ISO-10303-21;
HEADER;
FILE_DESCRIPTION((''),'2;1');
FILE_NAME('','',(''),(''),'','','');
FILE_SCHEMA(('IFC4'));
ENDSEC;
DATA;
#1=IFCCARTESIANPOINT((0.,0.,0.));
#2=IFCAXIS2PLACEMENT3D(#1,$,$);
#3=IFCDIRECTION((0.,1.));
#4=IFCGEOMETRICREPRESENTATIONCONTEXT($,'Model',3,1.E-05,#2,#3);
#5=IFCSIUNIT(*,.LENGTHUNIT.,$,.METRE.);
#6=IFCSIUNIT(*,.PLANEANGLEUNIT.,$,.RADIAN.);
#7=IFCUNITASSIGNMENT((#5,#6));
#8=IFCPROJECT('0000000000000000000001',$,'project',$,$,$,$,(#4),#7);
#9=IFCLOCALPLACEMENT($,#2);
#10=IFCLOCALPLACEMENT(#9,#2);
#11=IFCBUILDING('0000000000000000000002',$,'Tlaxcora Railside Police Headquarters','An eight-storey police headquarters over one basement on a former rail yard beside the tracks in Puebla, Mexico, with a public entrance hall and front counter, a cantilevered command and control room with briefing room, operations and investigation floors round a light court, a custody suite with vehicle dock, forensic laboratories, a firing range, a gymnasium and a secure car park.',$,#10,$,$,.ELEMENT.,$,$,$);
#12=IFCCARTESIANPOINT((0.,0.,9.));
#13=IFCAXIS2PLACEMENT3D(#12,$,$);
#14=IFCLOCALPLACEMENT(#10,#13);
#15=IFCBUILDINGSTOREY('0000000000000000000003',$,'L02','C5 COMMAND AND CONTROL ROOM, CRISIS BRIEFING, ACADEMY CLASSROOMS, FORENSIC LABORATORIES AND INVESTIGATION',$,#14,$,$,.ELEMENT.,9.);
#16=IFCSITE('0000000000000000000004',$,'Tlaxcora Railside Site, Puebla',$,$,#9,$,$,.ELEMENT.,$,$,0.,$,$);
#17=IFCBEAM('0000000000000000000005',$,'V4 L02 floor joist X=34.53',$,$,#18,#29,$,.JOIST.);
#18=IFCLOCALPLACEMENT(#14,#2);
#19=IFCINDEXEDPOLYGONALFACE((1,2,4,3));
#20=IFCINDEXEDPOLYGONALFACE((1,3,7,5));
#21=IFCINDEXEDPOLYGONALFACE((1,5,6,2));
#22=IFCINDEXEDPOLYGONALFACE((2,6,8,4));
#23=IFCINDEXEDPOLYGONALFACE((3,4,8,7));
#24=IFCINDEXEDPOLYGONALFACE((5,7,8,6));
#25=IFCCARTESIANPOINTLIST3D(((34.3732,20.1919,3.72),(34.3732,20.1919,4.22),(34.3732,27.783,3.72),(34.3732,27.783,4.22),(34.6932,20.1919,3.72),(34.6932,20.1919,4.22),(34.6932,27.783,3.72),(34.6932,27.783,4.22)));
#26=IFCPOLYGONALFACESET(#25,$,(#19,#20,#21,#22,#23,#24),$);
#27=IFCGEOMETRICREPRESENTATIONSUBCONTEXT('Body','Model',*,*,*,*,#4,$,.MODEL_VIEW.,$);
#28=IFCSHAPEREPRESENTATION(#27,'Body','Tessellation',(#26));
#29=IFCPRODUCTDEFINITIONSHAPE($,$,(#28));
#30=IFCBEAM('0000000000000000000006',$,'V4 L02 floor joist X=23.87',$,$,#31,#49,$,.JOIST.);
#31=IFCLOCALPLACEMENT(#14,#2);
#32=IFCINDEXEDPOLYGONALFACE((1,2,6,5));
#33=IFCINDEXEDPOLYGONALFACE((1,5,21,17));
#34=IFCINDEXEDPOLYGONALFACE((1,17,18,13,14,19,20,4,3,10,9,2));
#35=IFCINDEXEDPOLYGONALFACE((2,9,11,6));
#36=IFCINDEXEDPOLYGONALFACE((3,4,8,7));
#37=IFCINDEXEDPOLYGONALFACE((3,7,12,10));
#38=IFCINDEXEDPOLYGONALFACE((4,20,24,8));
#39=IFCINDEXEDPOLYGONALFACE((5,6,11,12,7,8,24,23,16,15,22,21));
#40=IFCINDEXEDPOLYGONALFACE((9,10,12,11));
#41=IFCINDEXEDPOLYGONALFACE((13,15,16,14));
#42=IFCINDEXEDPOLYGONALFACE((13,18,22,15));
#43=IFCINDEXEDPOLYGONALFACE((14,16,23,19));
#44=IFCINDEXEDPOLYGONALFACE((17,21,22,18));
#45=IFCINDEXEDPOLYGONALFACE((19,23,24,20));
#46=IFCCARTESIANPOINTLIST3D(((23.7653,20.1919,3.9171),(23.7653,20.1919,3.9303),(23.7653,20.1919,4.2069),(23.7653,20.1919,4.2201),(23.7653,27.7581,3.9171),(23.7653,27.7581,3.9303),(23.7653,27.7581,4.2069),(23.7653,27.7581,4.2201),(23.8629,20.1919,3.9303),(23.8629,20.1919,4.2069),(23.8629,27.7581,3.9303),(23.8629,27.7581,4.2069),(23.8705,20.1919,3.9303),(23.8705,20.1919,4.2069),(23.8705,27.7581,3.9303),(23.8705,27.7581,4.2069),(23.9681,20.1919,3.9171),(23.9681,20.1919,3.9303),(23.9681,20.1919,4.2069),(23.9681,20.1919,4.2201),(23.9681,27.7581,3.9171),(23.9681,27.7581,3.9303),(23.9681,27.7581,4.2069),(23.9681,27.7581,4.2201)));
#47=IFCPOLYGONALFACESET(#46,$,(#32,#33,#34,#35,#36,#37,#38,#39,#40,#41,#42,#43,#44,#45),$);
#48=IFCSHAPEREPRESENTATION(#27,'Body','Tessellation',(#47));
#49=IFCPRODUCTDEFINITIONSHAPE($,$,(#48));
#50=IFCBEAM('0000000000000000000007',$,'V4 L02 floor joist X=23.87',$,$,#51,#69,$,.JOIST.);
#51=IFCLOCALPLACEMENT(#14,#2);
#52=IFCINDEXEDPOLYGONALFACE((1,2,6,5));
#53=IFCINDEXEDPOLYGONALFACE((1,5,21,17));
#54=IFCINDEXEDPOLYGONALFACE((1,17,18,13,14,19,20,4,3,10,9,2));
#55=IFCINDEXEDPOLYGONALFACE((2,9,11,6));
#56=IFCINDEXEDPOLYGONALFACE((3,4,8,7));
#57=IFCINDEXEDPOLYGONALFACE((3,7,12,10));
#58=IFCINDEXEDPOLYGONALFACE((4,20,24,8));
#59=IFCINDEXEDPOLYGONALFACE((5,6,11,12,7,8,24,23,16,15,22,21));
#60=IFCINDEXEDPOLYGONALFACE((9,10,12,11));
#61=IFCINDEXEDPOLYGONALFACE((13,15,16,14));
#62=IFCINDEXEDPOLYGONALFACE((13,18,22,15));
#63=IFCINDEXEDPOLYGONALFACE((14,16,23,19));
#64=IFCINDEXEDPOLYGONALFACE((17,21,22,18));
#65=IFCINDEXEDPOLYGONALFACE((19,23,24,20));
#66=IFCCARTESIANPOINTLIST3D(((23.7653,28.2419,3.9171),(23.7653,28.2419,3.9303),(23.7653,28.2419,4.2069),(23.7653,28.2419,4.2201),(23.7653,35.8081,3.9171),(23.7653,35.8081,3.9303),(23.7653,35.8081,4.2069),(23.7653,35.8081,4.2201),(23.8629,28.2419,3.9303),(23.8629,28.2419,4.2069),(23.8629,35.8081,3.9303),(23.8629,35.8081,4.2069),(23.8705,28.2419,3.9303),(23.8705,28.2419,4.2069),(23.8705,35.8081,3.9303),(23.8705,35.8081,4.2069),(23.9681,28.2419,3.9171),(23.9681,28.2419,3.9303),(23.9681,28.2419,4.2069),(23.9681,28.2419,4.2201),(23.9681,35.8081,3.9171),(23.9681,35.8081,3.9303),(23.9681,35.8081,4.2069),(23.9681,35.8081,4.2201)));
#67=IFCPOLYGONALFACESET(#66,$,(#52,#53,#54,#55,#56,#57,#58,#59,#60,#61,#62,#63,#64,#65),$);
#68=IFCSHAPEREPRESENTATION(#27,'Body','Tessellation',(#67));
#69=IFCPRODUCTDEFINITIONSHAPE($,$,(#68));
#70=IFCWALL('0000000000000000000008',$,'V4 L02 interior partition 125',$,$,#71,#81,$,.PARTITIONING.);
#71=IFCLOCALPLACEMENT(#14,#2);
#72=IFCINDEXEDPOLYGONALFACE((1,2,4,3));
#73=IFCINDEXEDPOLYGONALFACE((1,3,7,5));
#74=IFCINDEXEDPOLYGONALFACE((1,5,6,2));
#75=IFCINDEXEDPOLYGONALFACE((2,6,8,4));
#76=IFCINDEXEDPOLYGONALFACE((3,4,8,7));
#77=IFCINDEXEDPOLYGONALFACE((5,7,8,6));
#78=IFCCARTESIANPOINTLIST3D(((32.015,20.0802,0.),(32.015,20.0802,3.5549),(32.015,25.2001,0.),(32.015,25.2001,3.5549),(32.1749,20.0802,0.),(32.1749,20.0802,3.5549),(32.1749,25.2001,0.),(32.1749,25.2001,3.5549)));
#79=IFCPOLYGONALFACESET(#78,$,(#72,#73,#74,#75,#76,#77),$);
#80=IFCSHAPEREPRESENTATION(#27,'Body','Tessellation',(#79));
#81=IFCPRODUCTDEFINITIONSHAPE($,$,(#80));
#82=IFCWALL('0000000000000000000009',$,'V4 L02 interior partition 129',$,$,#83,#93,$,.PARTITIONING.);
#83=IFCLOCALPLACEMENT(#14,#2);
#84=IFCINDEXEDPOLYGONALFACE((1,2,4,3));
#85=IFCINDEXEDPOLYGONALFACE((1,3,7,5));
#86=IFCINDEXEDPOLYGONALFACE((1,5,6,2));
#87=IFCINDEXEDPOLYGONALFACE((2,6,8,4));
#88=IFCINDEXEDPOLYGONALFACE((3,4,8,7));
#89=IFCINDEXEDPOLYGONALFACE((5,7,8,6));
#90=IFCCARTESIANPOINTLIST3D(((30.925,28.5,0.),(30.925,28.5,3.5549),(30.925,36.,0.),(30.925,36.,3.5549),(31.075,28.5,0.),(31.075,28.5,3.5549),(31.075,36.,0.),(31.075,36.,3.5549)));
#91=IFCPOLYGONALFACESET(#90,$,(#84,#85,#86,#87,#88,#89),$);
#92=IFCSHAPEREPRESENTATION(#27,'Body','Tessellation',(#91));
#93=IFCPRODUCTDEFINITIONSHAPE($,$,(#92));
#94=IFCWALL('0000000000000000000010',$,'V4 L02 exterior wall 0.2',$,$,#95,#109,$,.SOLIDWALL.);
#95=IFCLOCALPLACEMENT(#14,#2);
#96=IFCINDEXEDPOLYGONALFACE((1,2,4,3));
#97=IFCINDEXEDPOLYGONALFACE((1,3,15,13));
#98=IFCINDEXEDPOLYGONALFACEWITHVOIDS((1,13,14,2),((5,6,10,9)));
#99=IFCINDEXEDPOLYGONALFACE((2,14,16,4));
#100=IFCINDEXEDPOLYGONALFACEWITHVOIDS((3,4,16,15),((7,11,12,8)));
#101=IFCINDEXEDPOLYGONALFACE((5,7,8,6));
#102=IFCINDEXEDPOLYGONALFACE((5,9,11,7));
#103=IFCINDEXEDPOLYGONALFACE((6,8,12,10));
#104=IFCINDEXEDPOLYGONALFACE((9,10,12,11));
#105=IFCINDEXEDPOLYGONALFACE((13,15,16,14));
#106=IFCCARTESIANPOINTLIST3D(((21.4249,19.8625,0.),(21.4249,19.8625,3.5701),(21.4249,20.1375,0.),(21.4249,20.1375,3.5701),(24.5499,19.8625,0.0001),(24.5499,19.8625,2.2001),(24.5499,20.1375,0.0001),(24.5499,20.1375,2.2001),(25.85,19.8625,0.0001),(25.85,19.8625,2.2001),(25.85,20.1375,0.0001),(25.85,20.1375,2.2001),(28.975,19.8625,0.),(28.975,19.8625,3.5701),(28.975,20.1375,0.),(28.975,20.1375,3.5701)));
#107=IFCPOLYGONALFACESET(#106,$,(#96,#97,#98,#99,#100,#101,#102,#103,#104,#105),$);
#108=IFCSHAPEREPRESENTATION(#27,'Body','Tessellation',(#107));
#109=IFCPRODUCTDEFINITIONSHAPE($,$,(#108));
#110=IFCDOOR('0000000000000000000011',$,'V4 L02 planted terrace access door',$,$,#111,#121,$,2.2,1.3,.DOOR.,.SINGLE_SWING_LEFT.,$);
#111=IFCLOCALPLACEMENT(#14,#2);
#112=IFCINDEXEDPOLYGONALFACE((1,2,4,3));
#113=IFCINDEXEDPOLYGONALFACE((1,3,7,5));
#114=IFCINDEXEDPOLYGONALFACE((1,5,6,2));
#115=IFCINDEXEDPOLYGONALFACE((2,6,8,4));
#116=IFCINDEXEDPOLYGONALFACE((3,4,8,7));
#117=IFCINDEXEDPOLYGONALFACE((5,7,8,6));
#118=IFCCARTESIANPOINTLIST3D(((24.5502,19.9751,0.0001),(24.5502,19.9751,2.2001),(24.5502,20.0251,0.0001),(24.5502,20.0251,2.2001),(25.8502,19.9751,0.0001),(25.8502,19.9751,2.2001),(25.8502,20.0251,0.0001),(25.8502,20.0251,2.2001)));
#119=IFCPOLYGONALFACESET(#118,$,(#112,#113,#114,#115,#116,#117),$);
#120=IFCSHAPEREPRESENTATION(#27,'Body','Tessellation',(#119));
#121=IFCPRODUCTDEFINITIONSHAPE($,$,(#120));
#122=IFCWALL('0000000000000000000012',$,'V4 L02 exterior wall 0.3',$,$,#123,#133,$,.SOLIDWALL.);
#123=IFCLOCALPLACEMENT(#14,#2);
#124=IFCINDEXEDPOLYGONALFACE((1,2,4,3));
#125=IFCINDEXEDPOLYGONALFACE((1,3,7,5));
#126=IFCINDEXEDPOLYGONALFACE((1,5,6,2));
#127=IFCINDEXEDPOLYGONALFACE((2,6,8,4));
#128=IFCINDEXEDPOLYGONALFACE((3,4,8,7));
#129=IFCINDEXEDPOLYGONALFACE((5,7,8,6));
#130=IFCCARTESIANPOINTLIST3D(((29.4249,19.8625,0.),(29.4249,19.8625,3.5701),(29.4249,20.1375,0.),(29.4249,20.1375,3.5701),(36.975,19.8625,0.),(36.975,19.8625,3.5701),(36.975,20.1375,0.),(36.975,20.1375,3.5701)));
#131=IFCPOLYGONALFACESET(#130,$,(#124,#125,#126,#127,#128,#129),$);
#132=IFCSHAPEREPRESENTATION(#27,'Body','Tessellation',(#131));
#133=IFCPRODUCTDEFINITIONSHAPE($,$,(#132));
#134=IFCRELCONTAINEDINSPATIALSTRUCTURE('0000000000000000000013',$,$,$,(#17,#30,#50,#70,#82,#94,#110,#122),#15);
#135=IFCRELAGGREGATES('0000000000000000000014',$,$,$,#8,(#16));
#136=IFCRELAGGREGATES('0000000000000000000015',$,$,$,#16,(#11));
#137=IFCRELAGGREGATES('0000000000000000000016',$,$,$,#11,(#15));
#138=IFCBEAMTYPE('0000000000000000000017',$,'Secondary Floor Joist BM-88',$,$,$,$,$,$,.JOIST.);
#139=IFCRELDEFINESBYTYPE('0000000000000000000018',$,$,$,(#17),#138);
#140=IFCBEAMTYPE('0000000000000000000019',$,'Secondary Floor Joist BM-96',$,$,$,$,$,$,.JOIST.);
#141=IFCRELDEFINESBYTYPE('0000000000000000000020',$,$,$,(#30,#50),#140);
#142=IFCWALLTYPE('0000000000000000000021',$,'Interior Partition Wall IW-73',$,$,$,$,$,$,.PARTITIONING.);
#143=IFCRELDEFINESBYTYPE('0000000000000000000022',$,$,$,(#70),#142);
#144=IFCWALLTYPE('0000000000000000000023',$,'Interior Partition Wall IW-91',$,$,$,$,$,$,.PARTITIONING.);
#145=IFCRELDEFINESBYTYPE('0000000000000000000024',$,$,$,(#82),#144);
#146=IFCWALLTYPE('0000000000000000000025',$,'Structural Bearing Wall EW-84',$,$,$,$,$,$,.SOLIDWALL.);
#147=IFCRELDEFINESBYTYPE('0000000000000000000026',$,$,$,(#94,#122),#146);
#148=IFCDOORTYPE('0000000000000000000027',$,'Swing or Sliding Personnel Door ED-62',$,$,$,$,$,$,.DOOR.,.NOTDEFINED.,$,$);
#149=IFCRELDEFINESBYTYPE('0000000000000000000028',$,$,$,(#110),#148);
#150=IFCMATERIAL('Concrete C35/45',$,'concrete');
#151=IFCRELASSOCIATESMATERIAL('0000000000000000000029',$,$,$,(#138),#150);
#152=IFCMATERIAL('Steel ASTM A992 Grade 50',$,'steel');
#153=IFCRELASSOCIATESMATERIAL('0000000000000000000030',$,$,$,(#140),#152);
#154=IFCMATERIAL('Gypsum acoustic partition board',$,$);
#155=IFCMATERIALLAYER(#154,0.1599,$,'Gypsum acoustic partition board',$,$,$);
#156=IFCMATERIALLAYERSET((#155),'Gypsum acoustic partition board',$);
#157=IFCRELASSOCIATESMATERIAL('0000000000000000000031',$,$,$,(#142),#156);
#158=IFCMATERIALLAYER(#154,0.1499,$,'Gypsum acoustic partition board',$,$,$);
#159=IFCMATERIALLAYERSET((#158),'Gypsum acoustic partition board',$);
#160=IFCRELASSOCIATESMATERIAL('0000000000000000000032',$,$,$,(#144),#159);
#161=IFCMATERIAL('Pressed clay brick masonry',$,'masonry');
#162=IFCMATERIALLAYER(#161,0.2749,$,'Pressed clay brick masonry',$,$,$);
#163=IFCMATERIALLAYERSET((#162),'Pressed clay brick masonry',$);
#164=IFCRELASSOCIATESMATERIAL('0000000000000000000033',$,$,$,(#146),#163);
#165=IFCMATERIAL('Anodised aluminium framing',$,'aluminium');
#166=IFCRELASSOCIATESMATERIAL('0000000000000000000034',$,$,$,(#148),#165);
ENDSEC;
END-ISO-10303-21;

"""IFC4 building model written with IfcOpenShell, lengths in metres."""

from ifc_helpers import new_model, si_unit, direction, frame, frame_2d, origin, origin_2d, place, context, subcontext, project, spatial, rectangle, i_section, extrude, material, layer, layer_set, material_profile, profile_set, type_object, element, fill, save


model = new_model("IFC4")

# Units and contexts
model_context = context("Model", 3, precision=1e-05, world=origin(), true_north=direction((0.0, 1.0)))
body_context = subcontext(model_context, "Body", "Model", "MODEL_VIEW")
ifc_project = project(units=[si_unit("LENGTHUNIT", "METRE"), si_unit("PLANEANGLEUNIT", "RADIAN")], contexts=[model_context])

# Site, building, storey
site_placement = place(None, origin())
site = spatial("IfcSite", under=ifc_project, at=site_placement, Name="Tlaxcora Railside Site, Puebla", CompositionType="ELEMENT", RefElevation=0.0)
building_placement = place(site_placement, origin())
building = spatial("IfcBuilding", under=site, at=building_placement, Name="Tlaxcora Railside Police Headquarters", Description="An eight-storey police headquarters over one basement on a former rail yard beside the tracks in Puebla, Mexico, with a public entrance hall and front counter, a cantilevered command and control room with briefing room, operations and investigation floors round a light court, a custody suite with vehicle dock, forensic laboratories, a firing range, a gymnasium and a secure car park.", CompositionType="ELEMENT")
storey_placement = place(building_placement, frame((0.0, 0.0, 9.0)))
storey = spatial("IfcBuildingStorey", under=building, at=storey_placement, Name="L02", Description="C5 COMMAND AND CONTROL ROOM, CRISIS BRIEFING, ACADEMY CLASSROOMS, FORENSIC LABORATORIES AND INVESTIGATION", CompositionType="ELEMENT", Elevation=9.0)

# Beams
ifc_material_1 = material(Name="Concrete C35/45", Category="concrete")
ifc_material_profile_1 = material_profile(ifc_material_1, rectangle(XDim=0.3201, YDim=0.5, at=origin_2d()), Name="RC320X500")
ifc_profile_set_1 = profile_set([ifc_material_profile_1], Name="Concrete C35/45")
beam_type_1 = type_object("IfcBeamType", Name="Secondary Floor Joist BM-88", PredefinedType="JOIST", material=ifc_profile_set_1)
beam_1_placement = place(storey_placement, frame((34.5332, 20.1919, 3.97), z_axis=(0.0, 1.0, 0.0), x_axis=(-1.0, 0.0, 0.0)))
element("IfcBeam", 1, at=beam_1_placement, inside=storey, type_object=beam_type_1, Name="V4 L02 floor joist X=34.53", PredefinedType="JOIST", context=body_context, shape_type="SweptSolid", body=[
    extrude(rectangle(XDim=0.3201, YDim=0.5, at=origin_2d()), origin(), (0.0, 0.0, 1.0), 7.5911),
])
ifc_material_2 = material(Name="Steel ASTM A992 Grade 50", Category="steel")
ifc_material_profile_2 = material_profile(ifc_material_2, i_section(OverallWidth=0.2029, OverallDepth=0.303, WebThickness=0.0076, FlangeThickness=0.0132, at=origin_2d()), Name="W12X40")
ifc_profile_set_2 = profile_set([ifc_material_profile_2], Name="Steel ASTM A992 Grade 50")
beam_type_2 = type_object("IfcBeamType", Name="Secondary Floor Joist BM-96", PredefinedType="JOIST", material=ifc_profile_set_2)
for number, where, z_axis, x_axis, name in (
    (2, (23.8667, 20.1919, 4.0686), (0.0, 1.0, 0.0), (-1.0, 0.0, 0.0), "V4 L02 floor joist X=23.87"),
    (3, (23.8667, 28.2419, 4.0686), (0.0, 1.0, 0.0), (-1.0, 0.0, 0.0), "V4 L02 floor joist X=23.87"),
):
    element("IfcBeam", number, at=place(storey_placement, frame(where, z_axis=z_axis, x_axis=x_axis)), inside=storey, type_object=beam_type_2, Name=name, PredefinedType="JOIST", context=body_context, shape_type="SweptSolid", body=[
        extrude(i_section(OverallWidth=0.2029, OverallDepth=0.303, WebThickness=0.0076, FlangeThickness=0.0132, at=origin_2d()), origin(), (0.0, 0.0, 1.0), 7.5662),
    ])

# Walls
ifc_material_3 = material(Name="Gypsum acoustic partition board")
ifc_layer_1 = layer(ifc_material_3, 0.1599, Name="Gypsum acoustic partition board")
ifc_layer_set_1 = layer_set([ifc_layer_1], Name="Gypsum acoustic partition board")
wall_type_1 = type_object("IfcWallType", Name="Interior Partition Wall IW-73", PredefinedType="PARTITIONING", material=ifc_layer_set_1)
wall_1_placement = place(storey_placement, frame((32.095, 20.0801, 0.0), z_axis=(0.0, 0.0, 1.0), x_axis=(0.0, 1.0, 0.0)))
element("IfcWall", 4, at=wall_1_placement, inside=storey, type_object=wall_type_1, Name="V4 L02 interior partition 125", PredefinedType="PARTITIONING", context=body_context, shape_type="SweptSolid", body=[
    extrude(rectangle(XDim=5.1199, YDim=0.1599, at=frame_2d((2.5601, 0.0))), origin(), (0.0, 0.0, 1.0), 3.5549),
])
ifc_layer_2 = layer(ifc_material_3, 0.1499, Name="Gypsum acoustic partition board")
ifc_layer_set_2 = layer_set([ifc_layer_2], Name="Gypsum acoustic partition board")
wall_type_2 = type_object("IfcWallType", Name="Interior Partition Wall IW-91", PredefinedType="PARTITIONING", material=ifc_layer_set_2)
wall_2_placement = place(storey_placement, frame((31.0, 28.5, 0.0), z_axis=(0.0, 0.0, 1.0), x_axis=(0.0, 1.0, 0.0)))
element("IfcWall", 5, at=wall_2_placement, inside=storey, type_object=wall_type_2, Name="V4 L02 interior partition 129", PredefinedType="PARTITIONING", context=body_context, shape_type="SweptSolid", body=[
    extrude(rectangle(XDim=7.5, YDim=0.1499, at=frame_2d((3.75, 0.0))), origin(), (0.0, 0.0, 1.0), 3.5549),
])

# Wall, opening, door
ifc_material_4 = material(Name="Pressed clay brick masonry", Category="masonry")
ifc_layer_3 = layer(ifc_material_4, 0.2749, Name="Pressed clay brick masonry")
ifc_layer_set_3 = layer_set([ifc_layer_3], Name="Pressed clay brick masonry")
wall_type_3 = type_object("IfcWallType", Name="Structural Bearing Wall EW-84", PredefinedType="SOLIDWALL", material=ifc_layer_set_3)
wall_3_placement = place(storey_placement, frame((21.425, 20.0, 0.0), z_axis=(0.0, 0.0, 1.0), x_axis=(1.0, 0.0, 0.0)))
wall_3 = element("IfcWall", 6, at=wall_3_placement, inside=storey, type_object=wall_type_3, Name="V4 L02 exterior wall 0.2", PredefinedType="SOLIDWALL", context=body_context, shape_type="SweptSolid", body=[
    extrude(rectangle(XDim=7.55, YDim=0.2749, at=frame_2d((3.7749, 0.0))), origin(), (0.0, 0.0, 1.0), 3.5701),
])
opening_placement = place(wall_3_placement, frame((3.125, 0.0, 0.0)))
opening = element("IfcOpeningElement", 7, at=opening_placement, cuts=wall_3, PredefinedType="OPENING", context=body_context, shape_type="SweptSolid", body=[
    extrude(rectangle(XDim=1.3, YDim=2.2, at=frame_2d((0.6499, 1.1001))), frame((0.0, 0.1475, 0.0), z_axis=(0.0, -1.0, 0.0), x_axis=(1.0, 0.0, 0.0)), (0.0, 0.0, 1.0), 0.2949),
])
ifc_material_5 = material(Name="Anodised aluminium framing", Category="aluminium")
door_type = type_object("IfcDoorType", Name="Swing or Sliding Personnel Door ED-62", OperationType="NOTDEFINED", PredefinedType="DOOR", material=ifc_material_5)
door_placement = place(opening_placement, frame((1.3, 0.0, 0.0), z_axis=(0.0, 0.0, 1.0), x_axis=(-1.0, 0.0, 0.0)))
door = element("IfcDoor", 8, at=door_placement, inside=storey, type_object=door_type, Name="V4 L02 planted terrace access door", OperationType="SINGLE_SWING_LEFT", OverallHeight=2.2, OverallWidth=1.3, PredefinedType="DOOR", context=body_context, shape_type="SweptSolid", body=[
    extrude(rectangle(XDim=1.3, YDim=2.2, at=frame_2d((0.6499, 1.1001))), frame((0.0, 0.0249, 0.0), z_axis=(0.0, -1.0, 0.0), x_axis=(1.0, 0.0, 0.0)), (0.0, 0.0, 1.0), 0.05),
])
fill(opening, door)

# Wall
wall_4_placement = place(storey_placement, frame((29.425, 20.0, 0.0), z_axis=(0.0, 0.0, 1.0), x_axis=(1.0, 0.0, 0.0)))
element("IfcWall", 9, at=wall_4_placement, inside=storey, type_object=wall_type_3, Name="V4 L02 exterior wall 0.3", PredefinedType="SOLIDWALL", context=body_context, shape_type="SweptSolid", body=[
    extrude(rectangle(XDim=7.55, YDim=0.2749, at=frame_2d((3.7749, 0.0))), origin(), (0.0, 0.0, 1.0), 3.5701),
])

save(model, "model.ifc")
